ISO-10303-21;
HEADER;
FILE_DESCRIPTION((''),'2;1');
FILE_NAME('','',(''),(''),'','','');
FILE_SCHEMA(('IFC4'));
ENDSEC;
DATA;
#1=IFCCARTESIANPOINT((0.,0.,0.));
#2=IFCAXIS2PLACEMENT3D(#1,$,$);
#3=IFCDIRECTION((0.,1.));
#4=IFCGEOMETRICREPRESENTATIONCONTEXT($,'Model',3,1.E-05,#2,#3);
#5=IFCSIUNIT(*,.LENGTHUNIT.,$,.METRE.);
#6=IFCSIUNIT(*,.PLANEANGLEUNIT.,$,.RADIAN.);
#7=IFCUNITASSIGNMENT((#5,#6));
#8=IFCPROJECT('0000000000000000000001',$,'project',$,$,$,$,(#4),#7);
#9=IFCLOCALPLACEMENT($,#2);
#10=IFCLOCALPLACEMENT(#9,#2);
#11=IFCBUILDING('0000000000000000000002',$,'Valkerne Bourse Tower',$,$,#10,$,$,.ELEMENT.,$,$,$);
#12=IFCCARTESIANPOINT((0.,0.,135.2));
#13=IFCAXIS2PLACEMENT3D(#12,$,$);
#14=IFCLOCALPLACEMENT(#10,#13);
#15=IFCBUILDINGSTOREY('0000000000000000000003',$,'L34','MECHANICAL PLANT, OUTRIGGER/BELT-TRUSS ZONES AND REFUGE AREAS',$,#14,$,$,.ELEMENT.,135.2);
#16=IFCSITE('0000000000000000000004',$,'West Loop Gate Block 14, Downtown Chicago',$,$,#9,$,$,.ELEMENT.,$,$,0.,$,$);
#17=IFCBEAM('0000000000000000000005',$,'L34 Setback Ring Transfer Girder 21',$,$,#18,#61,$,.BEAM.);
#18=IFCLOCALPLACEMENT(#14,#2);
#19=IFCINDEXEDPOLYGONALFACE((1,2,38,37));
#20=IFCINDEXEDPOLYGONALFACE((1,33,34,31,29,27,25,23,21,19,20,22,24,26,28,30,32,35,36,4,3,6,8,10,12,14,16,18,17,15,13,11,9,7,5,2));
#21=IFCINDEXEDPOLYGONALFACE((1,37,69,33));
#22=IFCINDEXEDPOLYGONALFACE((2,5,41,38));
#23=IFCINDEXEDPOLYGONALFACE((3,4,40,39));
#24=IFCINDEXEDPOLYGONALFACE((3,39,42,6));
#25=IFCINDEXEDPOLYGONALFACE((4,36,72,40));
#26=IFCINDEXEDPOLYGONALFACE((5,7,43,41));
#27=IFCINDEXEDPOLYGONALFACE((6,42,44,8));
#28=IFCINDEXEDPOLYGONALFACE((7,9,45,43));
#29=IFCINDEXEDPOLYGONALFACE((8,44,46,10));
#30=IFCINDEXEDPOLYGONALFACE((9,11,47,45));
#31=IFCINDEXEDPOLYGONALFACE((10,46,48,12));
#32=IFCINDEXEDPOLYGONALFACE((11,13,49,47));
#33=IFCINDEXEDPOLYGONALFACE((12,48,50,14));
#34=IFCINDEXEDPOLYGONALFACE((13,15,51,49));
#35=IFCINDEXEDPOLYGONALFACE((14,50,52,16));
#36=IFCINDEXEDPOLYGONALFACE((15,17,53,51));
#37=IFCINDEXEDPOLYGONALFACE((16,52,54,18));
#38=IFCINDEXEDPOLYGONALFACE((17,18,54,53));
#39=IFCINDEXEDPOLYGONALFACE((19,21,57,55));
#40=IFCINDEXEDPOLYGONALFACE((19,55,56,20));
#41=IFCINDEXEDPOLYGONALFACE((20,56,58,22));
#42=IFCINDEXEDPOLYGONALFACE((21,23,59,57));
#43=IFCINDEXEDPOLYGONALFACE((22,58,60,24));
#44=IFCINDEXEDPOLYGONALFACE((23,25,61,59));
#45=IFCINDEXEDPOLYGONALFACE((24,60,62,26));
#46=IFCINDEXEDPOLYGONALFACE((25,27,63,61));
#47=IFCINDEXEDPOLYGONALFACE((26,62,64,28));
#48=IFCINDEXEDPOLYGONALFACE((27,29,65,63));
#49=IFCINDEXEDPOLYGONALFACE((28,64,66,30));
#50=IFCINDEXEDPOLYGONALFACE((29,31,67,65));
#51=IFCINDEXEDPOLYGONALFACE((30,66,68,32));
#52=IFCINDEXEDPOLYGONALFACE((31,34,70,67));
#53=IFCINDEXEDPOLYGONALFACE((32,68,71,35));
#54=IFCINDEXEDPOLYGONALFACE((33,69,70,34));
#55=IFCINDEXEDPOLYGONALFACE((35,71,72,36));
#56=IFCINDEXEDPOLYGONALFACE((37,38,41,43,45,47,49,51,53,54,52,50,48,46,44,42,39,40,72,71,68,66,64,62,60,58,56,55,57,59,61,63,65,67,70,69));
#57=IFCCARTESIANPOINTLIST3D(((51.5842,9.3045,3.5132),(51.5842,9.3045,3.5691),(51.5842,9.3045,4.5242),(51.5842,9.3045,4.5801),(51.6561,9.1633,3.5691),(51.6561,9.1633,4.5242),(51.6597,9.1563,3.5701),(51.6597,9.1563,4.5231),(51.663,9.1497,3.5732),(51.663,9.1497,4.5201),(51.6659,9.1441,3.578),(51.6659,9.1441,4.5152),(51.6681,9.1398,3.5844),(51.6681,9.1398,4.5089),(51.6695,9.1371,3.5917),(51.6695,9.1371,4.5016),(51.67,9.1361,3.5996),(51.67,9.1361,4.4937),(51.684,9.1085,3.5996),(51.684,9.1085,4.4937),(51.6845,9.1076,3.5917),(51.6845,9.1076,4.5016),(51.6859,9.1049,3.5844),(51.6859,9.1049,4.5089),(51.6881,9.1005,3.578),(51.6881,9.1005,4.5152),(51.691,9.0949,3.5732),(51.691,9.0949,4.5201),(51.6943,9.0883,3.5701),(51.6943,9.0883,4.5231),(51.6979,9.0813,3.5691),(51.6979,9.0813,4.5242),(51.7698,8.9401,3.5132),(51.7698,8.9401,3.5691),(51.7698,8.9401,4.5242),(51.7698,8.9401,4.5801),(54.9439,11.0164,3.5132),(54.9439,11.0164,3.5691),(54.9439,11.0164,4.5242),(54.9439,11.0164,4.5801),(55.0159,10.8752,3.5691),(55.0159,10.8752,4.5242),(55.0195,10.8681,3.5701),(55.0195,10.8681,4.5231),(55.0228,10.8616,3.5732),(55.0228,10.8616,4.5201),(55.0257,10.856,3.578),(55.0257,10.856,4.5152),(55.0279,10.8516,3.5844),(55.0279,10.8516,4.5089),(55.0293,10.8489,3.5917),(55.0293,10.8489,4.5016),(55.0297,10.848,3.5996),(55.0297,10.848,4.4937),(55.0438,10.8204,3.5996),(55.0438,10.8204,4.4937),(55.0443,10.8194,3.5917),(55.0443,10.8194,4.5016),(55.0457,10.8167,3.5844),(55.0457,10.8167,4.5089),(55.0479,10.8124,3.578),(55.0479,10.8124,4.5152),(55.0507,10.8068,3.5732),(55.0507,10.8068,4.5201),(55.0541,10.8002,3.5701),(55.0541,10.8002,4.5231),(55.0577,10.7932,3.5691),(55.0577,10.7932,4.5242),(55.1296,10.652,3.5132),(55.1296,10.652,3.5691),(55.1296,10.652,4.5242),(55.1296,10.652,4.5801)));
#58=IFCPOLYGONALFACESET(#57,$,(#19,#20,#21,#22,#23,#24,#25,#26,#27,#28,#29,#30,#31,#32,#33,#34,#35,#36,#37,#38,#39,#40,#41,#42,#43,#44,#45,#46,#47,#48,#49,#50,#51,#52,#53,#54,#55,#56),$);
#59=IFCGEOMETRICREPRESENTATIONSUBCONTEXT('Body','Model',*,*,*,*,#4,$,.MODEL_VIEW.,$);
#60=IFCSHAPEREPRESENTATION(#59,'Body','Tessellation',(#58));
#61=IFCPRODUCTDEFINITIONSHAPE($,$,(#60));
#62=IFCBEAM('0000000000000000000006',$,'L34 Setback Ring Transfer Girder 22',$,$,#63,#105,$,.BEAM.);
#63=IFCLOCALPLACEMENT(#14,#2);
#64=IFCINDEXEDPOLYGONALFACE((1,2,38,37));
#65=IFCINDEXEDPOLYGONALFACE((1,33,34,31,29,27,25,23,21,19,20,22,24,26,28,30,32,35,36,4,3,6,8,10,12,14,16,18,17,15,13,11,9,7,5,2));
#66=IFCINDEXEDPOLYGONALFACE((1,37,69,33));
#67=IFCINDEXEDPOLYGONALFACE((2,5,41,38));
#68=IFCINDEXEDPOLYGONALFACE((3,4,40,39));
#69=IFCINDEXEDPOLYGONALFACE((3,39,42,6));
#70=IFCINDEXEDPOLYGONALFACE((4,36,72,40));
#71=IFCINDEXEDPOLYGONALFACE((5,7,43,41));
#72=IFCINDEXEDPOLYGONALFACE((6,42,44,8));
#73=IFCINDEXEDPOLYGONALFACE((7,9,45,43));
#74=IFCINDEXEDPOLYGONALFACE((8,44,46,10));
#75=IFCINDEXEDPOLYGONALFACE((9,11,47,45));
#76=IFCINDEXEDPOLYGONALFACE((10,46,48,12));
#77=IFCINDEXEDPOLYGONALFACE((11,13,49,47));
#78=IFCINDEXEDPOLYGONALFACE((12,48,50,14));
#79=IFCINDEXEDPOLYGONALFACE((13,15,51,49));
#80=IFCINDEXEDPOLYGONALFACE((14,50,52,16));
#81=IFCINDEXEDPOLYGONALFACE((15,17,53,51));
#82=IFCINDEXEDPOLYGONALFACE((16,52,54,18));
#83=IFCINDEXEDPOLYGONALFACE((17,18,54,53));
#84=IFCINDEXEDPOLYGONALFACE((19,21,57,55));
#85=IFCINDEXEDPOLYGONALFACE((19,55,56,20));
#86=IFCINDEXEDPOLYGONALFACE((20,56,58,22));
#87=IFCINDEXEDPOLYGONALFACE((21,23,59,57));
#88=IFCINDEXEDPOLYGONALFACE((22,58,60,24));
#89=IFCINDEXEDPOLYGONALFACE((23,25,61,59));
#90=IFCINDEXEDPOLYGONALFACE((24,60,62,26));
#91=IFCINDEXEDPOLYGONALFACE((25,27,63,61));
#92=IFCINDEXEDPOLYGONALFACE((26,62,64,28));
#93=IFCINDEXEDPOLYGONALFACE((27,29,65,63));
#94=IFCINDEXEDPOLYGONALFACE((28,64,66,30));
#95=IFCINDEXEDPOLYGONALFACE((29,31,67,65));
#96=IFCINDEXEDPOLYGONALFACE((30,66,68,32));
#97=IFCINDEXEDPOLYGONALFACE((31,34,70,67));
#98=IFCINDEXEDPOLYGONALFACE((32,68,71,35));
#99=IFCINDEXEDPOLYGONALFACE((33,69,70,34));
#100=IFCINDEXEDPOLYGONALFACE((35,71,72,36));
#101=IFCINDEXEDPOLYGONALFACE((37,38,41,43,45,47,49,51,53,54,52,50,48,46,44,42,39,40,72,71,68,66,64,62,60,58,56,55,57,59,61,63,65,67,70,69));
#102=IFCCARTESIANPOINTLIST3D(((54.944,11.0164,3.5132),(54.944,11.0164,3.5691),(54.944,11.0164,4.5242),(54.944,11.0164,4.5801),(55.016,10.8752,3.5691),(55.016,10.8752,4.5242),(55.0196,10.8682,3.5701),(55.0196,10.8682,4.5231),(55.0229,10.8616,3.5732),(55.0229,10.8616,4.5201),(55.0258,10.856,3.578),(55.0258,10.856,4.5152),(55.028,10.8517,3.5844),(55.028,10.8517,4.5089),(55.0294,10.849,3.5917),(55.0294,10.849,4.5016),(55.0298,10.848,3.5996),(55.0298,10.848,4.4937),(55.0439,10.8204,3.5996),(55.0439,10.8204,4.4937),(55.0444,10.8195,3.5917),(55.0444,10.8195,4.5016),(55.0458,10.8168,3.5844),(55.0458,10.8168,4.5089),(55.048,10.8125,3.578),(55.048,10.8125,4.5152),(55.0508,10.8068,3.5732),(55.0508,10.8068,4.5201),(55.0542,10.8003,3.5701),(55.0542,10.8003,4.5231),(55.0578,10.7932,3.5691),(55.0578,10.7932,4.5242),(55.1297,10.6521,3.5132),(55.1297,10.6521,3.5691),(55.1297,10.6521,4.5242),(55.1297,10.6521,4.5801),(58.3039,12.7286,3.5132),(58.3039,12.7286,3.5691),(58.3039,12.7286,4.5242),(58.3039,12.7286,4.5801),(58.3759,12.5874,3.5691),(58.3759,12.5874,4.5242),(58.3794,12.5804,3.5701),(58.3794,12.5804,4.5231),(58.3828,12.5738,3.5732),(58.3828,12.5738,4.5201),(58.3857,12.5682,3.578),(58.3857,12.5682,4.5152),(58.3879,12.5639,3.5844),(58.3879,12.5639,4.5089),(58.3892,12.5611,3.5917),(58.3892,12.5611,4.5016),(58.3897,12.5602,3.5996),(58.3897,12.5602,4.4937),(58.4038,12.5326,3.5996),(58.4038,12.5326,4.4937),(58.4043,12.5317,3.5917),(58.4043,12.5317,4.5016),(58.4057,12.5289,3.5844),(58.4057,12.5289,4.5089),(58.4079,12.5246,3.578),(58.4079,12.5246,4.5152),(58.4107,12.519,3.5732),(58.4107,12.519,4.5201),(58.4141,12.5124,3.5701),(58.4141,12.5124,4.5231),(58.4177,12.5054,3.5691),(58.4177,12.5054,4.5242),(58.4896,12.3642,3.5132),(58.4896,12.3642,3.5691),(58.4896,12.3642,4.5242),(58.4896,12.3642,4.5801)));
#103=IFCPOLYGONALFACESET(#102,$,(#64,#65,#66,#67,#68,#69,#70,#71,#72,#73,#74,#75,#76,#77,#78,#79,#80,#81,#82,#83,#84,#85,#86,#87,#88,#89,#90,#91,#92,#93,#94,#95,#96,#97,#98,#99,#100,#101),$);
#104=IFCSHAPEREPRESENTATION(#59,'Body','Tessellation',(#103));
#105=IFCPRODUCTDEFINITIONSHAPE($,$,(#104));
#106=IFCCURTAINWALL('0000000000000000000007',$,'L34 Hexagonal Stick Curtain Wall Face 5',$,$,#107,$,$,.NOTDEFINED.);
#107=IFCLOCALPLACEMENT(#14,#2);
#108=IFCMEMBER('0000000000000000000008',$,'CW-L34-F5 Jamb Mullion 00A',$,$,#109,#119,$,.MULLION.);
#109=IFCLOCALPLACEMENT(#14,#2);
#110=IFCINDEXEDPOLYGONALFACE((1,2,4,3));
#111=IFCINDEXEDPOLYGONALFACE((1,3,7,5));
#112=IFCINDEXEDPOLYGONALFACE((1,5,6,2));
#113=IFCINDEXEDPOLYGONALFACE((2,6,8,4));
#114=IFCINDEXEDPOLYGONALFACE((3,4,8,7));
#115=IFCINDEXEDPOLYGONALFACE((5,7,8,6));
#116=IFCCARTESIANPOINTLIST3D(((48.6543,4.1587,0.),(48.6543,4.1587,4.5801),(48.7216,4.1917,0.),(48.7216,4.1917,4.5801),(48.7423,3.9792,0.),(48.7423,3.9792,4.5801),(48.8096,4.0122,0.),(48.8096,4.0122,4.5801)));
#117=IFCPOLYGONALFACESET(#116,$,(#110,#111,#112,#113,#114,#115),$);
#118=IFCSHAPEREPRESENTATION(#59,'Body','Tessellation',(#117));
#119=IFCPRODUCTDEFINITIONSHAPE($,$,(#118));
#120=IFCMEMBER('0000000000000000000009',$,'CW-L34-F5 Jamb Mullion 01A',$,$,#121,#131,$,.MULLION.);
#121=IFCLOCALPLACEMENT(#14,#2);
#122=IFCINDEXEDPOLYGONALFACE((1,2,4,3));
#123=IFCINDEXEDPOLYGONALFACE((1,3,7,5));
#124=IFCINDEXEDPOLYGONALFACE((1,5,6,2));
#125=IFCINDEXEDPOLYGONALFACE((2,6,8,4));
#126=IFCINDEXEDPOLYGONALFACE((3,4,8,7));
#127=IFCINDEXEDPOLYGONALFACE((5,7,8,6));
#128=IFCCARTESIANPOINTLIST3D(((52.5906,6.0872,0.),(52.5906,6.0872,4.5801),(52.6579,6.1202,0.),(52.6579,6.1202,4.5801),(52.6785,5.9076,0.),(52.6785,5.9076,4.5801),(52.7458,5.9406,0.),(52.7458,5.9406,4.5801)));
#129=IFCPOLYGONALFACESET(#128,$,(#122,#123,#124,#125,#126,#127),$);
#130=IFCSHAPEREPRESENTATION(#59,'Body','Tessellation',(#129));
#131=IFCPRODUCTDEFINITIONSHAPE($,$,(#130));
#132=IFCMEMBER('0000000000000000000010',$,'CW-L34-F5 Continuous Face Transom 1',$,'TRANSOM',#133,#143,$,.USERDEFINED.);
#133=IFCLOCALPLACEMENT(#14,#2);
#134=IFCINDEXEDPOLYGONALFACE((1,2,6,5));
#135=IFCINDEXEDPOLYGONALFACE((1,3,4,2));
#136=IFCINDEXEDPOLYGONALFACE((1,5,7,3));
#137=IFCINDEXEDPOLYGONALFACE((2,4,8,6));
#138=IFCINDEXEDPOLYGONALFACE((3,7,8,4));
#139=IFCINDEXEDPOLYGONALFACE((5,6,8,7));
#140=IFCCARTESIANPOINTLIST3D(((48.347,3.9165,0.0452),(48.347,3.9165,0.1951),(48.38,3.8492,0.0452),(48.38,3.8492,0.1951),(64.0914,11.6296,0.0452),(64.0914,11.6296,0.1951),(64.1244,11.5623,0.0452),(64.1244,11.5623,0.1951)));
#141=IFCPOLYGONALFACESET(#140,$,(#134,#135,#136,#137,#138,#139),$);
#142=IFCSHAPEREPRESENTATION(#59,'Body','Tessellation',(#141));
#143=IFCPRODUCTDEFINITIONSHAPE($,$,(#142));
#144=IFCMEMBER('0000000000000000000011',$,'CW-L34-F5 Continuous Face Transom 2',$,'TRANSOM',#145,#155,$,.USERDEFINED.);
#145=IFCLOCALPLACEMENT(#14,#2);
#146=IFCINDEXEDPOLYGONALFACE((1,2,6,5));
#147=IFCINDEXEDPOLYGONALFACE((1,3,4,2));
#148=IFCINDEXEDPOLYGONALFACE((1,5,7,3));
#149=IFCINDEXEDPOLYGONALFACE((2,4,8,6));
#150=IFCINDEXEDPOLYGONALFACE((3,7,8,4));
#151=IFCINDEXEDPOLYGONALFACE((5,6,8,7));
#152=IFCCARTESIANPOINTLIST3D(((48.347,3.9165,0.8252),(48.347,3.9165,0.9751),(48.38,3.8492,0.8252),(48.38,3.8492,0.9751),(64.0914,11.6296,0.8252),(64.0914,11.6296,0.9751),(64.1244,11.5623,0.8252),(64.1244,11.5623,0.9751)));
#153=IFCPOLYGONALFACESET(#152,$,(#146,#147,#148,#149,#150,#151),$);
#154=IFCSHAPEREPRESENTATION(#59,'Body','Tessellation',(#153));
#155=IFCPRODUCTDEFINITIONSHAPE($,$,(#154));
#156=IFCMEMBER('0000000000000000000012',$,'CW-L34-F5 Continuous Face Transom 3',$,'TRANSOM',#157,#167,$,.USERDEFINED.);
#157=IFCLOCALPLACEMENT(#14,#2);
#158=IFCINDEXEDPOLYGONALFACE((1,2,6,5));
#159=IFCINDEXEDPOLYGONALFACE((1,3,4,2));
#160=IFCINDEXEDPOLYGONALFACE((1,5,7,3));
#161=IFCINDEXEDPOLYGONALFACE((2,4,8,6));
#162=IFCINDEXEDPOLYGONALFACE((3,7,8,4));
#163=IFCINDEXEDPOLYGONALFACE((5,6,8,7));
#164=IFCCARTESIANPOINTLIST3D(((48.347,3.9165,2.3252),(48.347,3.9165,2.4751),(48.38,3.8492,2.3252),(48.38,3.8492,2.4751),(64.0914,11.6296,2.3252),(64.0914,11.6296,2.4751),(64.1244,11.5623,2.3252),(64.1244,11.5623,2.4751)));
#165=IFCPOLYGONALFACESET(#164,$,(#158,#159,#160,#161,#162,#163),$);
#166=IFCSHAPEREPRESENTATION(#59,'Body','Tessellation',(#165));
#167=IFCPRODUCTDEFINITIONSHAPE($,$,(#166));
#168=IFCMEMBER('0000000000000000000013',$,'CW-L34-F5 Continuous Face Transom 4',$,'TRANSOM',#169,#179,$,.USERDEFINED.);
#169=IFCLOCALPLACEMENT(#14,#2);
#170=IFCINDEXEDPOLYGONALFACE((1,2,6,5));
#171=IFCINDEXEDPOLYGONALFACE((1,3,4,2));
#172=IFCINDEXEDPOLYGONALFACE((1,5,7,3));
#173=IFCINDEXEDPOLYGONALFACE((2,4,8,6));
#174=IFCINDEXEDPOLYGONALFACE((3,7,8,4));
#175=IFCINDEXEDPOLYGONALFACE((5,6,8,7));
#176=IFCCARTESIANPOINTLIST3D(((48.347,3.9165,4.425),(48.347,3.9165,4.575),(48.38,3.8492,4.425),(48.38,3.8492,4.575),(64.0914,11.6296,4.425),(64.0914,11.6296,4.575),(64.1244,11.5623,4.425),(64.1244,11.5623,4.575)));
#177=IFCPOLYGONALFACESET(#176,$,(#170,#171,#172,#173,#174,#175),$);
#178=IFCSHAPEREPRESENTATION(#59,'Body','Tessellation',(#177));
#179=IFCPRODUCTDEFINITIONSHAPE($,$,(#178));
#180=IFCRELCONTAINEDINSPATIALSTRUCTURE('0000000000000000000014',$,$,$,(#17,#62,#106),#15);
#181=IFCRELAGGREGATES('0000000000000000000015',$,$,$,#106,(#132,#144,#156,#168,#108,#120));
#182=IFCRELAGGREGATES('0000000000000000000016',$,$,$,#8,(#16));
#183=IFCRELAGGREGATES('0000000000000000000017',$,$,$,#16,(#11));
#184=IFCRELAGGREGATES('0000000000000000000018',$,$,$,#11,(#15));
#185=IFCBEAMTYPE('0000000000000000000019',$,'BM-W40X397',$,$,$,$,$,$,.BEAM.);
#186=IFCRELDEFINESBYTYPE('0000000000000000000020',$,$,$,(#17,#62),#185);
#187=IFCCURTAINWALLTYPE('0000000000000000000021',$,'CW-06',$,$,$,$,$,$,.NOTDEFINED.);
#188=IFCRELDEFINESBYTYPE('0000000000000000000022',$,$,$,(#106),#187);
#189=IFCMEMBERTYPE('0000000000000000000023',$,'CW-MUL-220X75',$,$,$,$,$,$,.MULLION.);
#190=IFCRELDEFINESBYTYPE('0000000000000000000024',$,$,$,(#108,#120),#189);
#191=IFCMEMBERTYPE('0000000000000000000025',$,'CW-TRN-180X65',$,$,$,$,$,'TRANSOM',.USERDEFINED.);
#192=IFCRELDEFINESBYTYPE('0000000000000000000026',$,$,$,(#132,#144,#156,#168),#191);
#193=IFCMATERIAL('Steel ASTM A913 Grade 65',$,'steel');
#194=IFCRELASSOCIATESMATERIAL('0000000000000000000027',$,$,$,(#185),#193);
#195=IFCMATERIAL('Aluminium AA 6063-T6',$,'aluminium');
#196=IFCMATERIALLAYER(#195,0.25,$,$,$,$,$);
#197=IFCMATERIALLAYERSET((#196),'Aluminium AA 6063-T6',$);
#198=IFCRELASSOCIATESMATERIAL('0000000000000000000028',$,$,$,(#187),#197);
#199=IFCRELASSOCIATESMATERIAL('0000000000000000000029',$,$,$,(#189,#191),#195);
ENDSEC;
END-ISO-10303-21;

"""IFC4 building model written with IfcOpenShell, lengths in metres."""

from ifc_helpers import new_model, si_unit, direction, frame, origin, origin_2d, place, context, subcontext, project, spatial, rectangle, i_section, extrude, material, layer, layer_set, material_profile, profile_set, type_object, element, aggregate, save


model = new_model("IFC4")

# Units and contexts
model_context = context("Model", 3, precision=1e-05, world=origin(), true_north=direction((0.0, 1.0)))
body_context = subcontext(model_context, "Body", "Model", "MODEL_VIEW")
ifc_project = project(units=[si_unit("LENGTHUNIT", "METRE"), si_unit("PLANEANGLEUNIT", "RADIAN")], contexts=[model_context])

# Site, building, storey
site_placement = place(None, origin())
site = spatial("IfcSite", under=ifc_project, at=site_placement, Name="West Loop Gate Block 14, Downtown Chicago", CompositionType="ELEMENT", RefElevation=0.0)
building_placement = place(site_placement, origin())
building = spatial("IfcBuilding", under=site, at=building_placement, Name="Valkerne Bourse Tower", CompositionType="ELEMENT")
storey_placement = place(building_placement, frame((0.0, 0.0, 135.2)))
storey = spatial("IfcBuildingStorey", under=building, at=storey_placement, Name="L34", Description="MECHANICAL PLANT, OUTRIGGER/BELT-TRUSS ZONES AND REFUGE AREAS", CompositionType="ELEMENT", Elevation=135.2)

# Shared definitions
ifc_material_1 = material(Name="Steel ASTM A913 Grade 65", Category="steel")

# Beams
ifc_material_profile_1 = material_profile(ifc_material_1, i_section(OverallWidth=0.4089, OverallDepth=1.0669, WebThickness=0.031, FlangeThickness=0.0559, FilletRadius=0.0305, at=origin_2d()), Name="W40X397")
ifc_profile_set_1 = profile_set([ifc_material_profile_1], Name="Steel ASTM A913 Grade 65")
beam_type_1 = type_object("IfcBeamType", Name="BM-W40X397", PredefinedType="BEAM", material=ifc_profile_set_1)
beam_1_placement = place(storey_placement, frame((51.677, 9.1223, 4.0466), z_axis=(0.891009, 0.453986, 0.0), x_axis=(-0.453986, 0.891009, 0.0)))
element("IfcBeam", 1, at=beam_1_placement, inside=storey, type_object=beam_type_1, Name="L34 Setback Ring Transfer Girder 21", PredefinedType="BEAM", context=body_context, shape_type="SweptSolid", body=[
    extrude(i_section(OverallWidth=0.4089, OverallDepth=1.0669, WebThickness=0.031, FlangeThickness=0.0559, FilletRadius=0.0305, at=origin_2d()), origin(), (0.0, 0.0, 1.0), 3.7708),
])
beam_2_placement = place(storey_placement, frame((55.0369, 10.8342, 4.0466), z_axis=(0.890983, 0.454037, 0.0), x_axis=(-0.454037, 0.890983, 0.0)))
element("IfcBeam", 2, at=beam_2_placement, inside=storey, type_object=beam_type_1, Name="L34 Setback Ring Transfer Girder 22", PredefinedType="BEAM", context=body_context, shape_type="SweptSolid", body=[
    extrude(i_section(OverallWidth=0.4089, OverallDepth=1.0669, WebThickness=0.031, FlangeThickness=0.0559, FilletRadius=0.0305, at=origin_2d()), origin(), (0.0, 0.0, 1.0), 3.771),
])

# Curtain wall, members
ifc_material_2 = material(Name="Aluminium AA 6063-T6", Category="aluminium")
ifc_layer_1 = layer(ifc_material_2, 0.25)
ifc_layer_set_1 = layer_set([ifc_layer_1], Name="Aluminium AA 6063-T6")
curtain_wall_type = type_object("IfcCurtainWallType", Name="CW-06", PredefinedType="NOTDEFINED", material=ifc_layer_set_1)
curtain_wall_placement = place(storey_placement, origin())
curtain_wall = element("IfcCurtainWall", 3, at=curtain_wall_placement, inside=storey, type_object=curtain_wall_type, Name="L34 Hexagonal Stick Curtain Wall Face 5", PredefinedType="NOTDEFINED")
ifc_material_profile_2 = material_profile(ifc_material_2, rectangle(XDim=0.075, YDim=0.2, at=origin_2d()), Name="CWM-75X200")
ifc_profile_set_2 = profile_set([ifc_material_profile_2], Name="Aluminium AA 6063-T6")
member_type_1 = type_object("IfcMemberType", Name="CW-MUL-220X75", PredefinedType="MULLION", material=ifc_profile_set_2)
member_1_placement = place(storey_placement, frame((48.7319, 4.0854, 0.0), z_axis=(0.0, 0.0, 1.0), x_axis=(0.898025, 0.439944, 0.0)))
member_1 = element("IfcMember", 4, at=member_1_placement, type_object=member_type_1, Name="CW-L34-F5 Jamb Mullion 00A", PredefinedType="MULLION", context=body_context, shape_type="SweptSolid", body=[
    extrude(rectangle(XDim=0.075, YDim=0.2, at=origin_2d()), origin(), (0.0, 0.0, 1.0), 4.5801),
])
member_2_placement = place(storey_placement, frame((52.6682, 6.0139, 0.0), z_axis=(0.0, 0.0, 1.0), x_axis=(0.89803, 0.439934, 0.0)))
member_2 = element("IfcMember", 5, at=member_2_placement, type_object=member_type_1, Name="CW-L34-F5 Jamb Mullion 01A", PredefinedType="MULLION", context=body_context, shape_type="SweptSolid", body=[
    extrude(rectangle(XDim=0.075, YDim=0.2, at=origin_2d()), origin(), (0.0, 0.0, 1.0), 4.5801),
])
ifc_material_profile_3 = material_profile(ifc_material_2, rectangle(XDim=0.075, YDim=0.1499, at=origin_2d()), Name="CWT-75X150")
ifc_profile_set_3 = profile_set([ifc_material_profile_3], Name="Aluminium AA 6063-T6")
member_type_2 = type_object("IfcMemberType", Name="CW-TRN-180X65", ElementType="TRANSOM", PredefinedType="USERDEFINED", material=ifc_profile_set_3)
member_3_placement = place(storey_placement, frame((48.3635, 3.8828, 0.1201), z_axis=(0.898027, 0.439941, 0.0), x_axis=(-0.439941, 0.898027, 0.0)))
member_3 = element("IfcMember", 6, at=member_3_placement, type_object=member_type_2, Name="CW-L34-F5 Continuous Face Transom 1", ObjectType="TRANSOM", PredefinedType="USERDEFINED", context=body_context, shape_type="SweptSolid", body=[
    extrude(rectangle(XDim=0.075, YDim=0.1499, at=origin_2d()), origin(), (0.0, 0.0, 1.0), 17.5322),
])
member_4_placement = place(storey_placement, frame((48.3635, 3.8828, 0.9001), z_axis=(0.898027, 0.439941, 0.0), x_axis=(-0.439941, 0.898027, 0.0)))
member_4 = element("IfcMember", 7, at=member_4_placement, type_object=member_type_2, Name="CW-L34-F5 Continuous Face Transom 2", ObjectType="TRANSOM", PredefinedType="USERDEFINED", context=body_context, shape_type="SweptSolid", body=[
    extrude(rectangle(XDim=0.075, YDim=0.1499, at=origin_2d()), origin(), (0.0, 0.0, 1.0), 17.5322),
])
member_5_placement = place(storey_placement, frame((48.3635, 3.8828, 2.4001), z_axis=(0.898027, 0.439941, 0.0), x_axis=(-0.439941, 0.898027, 0.0)))
member_5 = element("IfcMember", 8, at=member_5_placement, type_object=member_type_2, Name="CW-L34-F5 Continuous Face Transom 3", ObjectType="TRANSOM", PredefinedType="USERDEFINED", context=body_context, shape_type="SweptSolid", body=[
    extrude(rectangle(XDim=0.075, YDim=0.1499, at=origin_2d()), origin(), (0.0, 0.0, 1.0), 17.5322),
])
member_6_placement = place(storey_placement, frame((48.3635, 3.8828, 4.5), z_axis=(0.898027, 0.439941, 0.0), x_axis=(-0.439941, 0.898027, 0.0)))
member_6 = element("IfcMember", 9, at=member_6_placement, type_object=member_type_2, Name="CW-L34-F5 Continuous Face Transom 4", ObjectType="TRANSOM", PredefinedType="USERDEFINED", context=body_context, shape_type="SweptSolid", body=[
    extrude(rectangle(XDim=0.075, YDim=0.1499, at=origin_2d()), origin(), (0.0, 0.0, 1.0), 17.5322),
])

aggregate(curtain_wall, [member_3, member_4, member_5, member_6, member_1, member_2])

save(model, "model.ifc")
